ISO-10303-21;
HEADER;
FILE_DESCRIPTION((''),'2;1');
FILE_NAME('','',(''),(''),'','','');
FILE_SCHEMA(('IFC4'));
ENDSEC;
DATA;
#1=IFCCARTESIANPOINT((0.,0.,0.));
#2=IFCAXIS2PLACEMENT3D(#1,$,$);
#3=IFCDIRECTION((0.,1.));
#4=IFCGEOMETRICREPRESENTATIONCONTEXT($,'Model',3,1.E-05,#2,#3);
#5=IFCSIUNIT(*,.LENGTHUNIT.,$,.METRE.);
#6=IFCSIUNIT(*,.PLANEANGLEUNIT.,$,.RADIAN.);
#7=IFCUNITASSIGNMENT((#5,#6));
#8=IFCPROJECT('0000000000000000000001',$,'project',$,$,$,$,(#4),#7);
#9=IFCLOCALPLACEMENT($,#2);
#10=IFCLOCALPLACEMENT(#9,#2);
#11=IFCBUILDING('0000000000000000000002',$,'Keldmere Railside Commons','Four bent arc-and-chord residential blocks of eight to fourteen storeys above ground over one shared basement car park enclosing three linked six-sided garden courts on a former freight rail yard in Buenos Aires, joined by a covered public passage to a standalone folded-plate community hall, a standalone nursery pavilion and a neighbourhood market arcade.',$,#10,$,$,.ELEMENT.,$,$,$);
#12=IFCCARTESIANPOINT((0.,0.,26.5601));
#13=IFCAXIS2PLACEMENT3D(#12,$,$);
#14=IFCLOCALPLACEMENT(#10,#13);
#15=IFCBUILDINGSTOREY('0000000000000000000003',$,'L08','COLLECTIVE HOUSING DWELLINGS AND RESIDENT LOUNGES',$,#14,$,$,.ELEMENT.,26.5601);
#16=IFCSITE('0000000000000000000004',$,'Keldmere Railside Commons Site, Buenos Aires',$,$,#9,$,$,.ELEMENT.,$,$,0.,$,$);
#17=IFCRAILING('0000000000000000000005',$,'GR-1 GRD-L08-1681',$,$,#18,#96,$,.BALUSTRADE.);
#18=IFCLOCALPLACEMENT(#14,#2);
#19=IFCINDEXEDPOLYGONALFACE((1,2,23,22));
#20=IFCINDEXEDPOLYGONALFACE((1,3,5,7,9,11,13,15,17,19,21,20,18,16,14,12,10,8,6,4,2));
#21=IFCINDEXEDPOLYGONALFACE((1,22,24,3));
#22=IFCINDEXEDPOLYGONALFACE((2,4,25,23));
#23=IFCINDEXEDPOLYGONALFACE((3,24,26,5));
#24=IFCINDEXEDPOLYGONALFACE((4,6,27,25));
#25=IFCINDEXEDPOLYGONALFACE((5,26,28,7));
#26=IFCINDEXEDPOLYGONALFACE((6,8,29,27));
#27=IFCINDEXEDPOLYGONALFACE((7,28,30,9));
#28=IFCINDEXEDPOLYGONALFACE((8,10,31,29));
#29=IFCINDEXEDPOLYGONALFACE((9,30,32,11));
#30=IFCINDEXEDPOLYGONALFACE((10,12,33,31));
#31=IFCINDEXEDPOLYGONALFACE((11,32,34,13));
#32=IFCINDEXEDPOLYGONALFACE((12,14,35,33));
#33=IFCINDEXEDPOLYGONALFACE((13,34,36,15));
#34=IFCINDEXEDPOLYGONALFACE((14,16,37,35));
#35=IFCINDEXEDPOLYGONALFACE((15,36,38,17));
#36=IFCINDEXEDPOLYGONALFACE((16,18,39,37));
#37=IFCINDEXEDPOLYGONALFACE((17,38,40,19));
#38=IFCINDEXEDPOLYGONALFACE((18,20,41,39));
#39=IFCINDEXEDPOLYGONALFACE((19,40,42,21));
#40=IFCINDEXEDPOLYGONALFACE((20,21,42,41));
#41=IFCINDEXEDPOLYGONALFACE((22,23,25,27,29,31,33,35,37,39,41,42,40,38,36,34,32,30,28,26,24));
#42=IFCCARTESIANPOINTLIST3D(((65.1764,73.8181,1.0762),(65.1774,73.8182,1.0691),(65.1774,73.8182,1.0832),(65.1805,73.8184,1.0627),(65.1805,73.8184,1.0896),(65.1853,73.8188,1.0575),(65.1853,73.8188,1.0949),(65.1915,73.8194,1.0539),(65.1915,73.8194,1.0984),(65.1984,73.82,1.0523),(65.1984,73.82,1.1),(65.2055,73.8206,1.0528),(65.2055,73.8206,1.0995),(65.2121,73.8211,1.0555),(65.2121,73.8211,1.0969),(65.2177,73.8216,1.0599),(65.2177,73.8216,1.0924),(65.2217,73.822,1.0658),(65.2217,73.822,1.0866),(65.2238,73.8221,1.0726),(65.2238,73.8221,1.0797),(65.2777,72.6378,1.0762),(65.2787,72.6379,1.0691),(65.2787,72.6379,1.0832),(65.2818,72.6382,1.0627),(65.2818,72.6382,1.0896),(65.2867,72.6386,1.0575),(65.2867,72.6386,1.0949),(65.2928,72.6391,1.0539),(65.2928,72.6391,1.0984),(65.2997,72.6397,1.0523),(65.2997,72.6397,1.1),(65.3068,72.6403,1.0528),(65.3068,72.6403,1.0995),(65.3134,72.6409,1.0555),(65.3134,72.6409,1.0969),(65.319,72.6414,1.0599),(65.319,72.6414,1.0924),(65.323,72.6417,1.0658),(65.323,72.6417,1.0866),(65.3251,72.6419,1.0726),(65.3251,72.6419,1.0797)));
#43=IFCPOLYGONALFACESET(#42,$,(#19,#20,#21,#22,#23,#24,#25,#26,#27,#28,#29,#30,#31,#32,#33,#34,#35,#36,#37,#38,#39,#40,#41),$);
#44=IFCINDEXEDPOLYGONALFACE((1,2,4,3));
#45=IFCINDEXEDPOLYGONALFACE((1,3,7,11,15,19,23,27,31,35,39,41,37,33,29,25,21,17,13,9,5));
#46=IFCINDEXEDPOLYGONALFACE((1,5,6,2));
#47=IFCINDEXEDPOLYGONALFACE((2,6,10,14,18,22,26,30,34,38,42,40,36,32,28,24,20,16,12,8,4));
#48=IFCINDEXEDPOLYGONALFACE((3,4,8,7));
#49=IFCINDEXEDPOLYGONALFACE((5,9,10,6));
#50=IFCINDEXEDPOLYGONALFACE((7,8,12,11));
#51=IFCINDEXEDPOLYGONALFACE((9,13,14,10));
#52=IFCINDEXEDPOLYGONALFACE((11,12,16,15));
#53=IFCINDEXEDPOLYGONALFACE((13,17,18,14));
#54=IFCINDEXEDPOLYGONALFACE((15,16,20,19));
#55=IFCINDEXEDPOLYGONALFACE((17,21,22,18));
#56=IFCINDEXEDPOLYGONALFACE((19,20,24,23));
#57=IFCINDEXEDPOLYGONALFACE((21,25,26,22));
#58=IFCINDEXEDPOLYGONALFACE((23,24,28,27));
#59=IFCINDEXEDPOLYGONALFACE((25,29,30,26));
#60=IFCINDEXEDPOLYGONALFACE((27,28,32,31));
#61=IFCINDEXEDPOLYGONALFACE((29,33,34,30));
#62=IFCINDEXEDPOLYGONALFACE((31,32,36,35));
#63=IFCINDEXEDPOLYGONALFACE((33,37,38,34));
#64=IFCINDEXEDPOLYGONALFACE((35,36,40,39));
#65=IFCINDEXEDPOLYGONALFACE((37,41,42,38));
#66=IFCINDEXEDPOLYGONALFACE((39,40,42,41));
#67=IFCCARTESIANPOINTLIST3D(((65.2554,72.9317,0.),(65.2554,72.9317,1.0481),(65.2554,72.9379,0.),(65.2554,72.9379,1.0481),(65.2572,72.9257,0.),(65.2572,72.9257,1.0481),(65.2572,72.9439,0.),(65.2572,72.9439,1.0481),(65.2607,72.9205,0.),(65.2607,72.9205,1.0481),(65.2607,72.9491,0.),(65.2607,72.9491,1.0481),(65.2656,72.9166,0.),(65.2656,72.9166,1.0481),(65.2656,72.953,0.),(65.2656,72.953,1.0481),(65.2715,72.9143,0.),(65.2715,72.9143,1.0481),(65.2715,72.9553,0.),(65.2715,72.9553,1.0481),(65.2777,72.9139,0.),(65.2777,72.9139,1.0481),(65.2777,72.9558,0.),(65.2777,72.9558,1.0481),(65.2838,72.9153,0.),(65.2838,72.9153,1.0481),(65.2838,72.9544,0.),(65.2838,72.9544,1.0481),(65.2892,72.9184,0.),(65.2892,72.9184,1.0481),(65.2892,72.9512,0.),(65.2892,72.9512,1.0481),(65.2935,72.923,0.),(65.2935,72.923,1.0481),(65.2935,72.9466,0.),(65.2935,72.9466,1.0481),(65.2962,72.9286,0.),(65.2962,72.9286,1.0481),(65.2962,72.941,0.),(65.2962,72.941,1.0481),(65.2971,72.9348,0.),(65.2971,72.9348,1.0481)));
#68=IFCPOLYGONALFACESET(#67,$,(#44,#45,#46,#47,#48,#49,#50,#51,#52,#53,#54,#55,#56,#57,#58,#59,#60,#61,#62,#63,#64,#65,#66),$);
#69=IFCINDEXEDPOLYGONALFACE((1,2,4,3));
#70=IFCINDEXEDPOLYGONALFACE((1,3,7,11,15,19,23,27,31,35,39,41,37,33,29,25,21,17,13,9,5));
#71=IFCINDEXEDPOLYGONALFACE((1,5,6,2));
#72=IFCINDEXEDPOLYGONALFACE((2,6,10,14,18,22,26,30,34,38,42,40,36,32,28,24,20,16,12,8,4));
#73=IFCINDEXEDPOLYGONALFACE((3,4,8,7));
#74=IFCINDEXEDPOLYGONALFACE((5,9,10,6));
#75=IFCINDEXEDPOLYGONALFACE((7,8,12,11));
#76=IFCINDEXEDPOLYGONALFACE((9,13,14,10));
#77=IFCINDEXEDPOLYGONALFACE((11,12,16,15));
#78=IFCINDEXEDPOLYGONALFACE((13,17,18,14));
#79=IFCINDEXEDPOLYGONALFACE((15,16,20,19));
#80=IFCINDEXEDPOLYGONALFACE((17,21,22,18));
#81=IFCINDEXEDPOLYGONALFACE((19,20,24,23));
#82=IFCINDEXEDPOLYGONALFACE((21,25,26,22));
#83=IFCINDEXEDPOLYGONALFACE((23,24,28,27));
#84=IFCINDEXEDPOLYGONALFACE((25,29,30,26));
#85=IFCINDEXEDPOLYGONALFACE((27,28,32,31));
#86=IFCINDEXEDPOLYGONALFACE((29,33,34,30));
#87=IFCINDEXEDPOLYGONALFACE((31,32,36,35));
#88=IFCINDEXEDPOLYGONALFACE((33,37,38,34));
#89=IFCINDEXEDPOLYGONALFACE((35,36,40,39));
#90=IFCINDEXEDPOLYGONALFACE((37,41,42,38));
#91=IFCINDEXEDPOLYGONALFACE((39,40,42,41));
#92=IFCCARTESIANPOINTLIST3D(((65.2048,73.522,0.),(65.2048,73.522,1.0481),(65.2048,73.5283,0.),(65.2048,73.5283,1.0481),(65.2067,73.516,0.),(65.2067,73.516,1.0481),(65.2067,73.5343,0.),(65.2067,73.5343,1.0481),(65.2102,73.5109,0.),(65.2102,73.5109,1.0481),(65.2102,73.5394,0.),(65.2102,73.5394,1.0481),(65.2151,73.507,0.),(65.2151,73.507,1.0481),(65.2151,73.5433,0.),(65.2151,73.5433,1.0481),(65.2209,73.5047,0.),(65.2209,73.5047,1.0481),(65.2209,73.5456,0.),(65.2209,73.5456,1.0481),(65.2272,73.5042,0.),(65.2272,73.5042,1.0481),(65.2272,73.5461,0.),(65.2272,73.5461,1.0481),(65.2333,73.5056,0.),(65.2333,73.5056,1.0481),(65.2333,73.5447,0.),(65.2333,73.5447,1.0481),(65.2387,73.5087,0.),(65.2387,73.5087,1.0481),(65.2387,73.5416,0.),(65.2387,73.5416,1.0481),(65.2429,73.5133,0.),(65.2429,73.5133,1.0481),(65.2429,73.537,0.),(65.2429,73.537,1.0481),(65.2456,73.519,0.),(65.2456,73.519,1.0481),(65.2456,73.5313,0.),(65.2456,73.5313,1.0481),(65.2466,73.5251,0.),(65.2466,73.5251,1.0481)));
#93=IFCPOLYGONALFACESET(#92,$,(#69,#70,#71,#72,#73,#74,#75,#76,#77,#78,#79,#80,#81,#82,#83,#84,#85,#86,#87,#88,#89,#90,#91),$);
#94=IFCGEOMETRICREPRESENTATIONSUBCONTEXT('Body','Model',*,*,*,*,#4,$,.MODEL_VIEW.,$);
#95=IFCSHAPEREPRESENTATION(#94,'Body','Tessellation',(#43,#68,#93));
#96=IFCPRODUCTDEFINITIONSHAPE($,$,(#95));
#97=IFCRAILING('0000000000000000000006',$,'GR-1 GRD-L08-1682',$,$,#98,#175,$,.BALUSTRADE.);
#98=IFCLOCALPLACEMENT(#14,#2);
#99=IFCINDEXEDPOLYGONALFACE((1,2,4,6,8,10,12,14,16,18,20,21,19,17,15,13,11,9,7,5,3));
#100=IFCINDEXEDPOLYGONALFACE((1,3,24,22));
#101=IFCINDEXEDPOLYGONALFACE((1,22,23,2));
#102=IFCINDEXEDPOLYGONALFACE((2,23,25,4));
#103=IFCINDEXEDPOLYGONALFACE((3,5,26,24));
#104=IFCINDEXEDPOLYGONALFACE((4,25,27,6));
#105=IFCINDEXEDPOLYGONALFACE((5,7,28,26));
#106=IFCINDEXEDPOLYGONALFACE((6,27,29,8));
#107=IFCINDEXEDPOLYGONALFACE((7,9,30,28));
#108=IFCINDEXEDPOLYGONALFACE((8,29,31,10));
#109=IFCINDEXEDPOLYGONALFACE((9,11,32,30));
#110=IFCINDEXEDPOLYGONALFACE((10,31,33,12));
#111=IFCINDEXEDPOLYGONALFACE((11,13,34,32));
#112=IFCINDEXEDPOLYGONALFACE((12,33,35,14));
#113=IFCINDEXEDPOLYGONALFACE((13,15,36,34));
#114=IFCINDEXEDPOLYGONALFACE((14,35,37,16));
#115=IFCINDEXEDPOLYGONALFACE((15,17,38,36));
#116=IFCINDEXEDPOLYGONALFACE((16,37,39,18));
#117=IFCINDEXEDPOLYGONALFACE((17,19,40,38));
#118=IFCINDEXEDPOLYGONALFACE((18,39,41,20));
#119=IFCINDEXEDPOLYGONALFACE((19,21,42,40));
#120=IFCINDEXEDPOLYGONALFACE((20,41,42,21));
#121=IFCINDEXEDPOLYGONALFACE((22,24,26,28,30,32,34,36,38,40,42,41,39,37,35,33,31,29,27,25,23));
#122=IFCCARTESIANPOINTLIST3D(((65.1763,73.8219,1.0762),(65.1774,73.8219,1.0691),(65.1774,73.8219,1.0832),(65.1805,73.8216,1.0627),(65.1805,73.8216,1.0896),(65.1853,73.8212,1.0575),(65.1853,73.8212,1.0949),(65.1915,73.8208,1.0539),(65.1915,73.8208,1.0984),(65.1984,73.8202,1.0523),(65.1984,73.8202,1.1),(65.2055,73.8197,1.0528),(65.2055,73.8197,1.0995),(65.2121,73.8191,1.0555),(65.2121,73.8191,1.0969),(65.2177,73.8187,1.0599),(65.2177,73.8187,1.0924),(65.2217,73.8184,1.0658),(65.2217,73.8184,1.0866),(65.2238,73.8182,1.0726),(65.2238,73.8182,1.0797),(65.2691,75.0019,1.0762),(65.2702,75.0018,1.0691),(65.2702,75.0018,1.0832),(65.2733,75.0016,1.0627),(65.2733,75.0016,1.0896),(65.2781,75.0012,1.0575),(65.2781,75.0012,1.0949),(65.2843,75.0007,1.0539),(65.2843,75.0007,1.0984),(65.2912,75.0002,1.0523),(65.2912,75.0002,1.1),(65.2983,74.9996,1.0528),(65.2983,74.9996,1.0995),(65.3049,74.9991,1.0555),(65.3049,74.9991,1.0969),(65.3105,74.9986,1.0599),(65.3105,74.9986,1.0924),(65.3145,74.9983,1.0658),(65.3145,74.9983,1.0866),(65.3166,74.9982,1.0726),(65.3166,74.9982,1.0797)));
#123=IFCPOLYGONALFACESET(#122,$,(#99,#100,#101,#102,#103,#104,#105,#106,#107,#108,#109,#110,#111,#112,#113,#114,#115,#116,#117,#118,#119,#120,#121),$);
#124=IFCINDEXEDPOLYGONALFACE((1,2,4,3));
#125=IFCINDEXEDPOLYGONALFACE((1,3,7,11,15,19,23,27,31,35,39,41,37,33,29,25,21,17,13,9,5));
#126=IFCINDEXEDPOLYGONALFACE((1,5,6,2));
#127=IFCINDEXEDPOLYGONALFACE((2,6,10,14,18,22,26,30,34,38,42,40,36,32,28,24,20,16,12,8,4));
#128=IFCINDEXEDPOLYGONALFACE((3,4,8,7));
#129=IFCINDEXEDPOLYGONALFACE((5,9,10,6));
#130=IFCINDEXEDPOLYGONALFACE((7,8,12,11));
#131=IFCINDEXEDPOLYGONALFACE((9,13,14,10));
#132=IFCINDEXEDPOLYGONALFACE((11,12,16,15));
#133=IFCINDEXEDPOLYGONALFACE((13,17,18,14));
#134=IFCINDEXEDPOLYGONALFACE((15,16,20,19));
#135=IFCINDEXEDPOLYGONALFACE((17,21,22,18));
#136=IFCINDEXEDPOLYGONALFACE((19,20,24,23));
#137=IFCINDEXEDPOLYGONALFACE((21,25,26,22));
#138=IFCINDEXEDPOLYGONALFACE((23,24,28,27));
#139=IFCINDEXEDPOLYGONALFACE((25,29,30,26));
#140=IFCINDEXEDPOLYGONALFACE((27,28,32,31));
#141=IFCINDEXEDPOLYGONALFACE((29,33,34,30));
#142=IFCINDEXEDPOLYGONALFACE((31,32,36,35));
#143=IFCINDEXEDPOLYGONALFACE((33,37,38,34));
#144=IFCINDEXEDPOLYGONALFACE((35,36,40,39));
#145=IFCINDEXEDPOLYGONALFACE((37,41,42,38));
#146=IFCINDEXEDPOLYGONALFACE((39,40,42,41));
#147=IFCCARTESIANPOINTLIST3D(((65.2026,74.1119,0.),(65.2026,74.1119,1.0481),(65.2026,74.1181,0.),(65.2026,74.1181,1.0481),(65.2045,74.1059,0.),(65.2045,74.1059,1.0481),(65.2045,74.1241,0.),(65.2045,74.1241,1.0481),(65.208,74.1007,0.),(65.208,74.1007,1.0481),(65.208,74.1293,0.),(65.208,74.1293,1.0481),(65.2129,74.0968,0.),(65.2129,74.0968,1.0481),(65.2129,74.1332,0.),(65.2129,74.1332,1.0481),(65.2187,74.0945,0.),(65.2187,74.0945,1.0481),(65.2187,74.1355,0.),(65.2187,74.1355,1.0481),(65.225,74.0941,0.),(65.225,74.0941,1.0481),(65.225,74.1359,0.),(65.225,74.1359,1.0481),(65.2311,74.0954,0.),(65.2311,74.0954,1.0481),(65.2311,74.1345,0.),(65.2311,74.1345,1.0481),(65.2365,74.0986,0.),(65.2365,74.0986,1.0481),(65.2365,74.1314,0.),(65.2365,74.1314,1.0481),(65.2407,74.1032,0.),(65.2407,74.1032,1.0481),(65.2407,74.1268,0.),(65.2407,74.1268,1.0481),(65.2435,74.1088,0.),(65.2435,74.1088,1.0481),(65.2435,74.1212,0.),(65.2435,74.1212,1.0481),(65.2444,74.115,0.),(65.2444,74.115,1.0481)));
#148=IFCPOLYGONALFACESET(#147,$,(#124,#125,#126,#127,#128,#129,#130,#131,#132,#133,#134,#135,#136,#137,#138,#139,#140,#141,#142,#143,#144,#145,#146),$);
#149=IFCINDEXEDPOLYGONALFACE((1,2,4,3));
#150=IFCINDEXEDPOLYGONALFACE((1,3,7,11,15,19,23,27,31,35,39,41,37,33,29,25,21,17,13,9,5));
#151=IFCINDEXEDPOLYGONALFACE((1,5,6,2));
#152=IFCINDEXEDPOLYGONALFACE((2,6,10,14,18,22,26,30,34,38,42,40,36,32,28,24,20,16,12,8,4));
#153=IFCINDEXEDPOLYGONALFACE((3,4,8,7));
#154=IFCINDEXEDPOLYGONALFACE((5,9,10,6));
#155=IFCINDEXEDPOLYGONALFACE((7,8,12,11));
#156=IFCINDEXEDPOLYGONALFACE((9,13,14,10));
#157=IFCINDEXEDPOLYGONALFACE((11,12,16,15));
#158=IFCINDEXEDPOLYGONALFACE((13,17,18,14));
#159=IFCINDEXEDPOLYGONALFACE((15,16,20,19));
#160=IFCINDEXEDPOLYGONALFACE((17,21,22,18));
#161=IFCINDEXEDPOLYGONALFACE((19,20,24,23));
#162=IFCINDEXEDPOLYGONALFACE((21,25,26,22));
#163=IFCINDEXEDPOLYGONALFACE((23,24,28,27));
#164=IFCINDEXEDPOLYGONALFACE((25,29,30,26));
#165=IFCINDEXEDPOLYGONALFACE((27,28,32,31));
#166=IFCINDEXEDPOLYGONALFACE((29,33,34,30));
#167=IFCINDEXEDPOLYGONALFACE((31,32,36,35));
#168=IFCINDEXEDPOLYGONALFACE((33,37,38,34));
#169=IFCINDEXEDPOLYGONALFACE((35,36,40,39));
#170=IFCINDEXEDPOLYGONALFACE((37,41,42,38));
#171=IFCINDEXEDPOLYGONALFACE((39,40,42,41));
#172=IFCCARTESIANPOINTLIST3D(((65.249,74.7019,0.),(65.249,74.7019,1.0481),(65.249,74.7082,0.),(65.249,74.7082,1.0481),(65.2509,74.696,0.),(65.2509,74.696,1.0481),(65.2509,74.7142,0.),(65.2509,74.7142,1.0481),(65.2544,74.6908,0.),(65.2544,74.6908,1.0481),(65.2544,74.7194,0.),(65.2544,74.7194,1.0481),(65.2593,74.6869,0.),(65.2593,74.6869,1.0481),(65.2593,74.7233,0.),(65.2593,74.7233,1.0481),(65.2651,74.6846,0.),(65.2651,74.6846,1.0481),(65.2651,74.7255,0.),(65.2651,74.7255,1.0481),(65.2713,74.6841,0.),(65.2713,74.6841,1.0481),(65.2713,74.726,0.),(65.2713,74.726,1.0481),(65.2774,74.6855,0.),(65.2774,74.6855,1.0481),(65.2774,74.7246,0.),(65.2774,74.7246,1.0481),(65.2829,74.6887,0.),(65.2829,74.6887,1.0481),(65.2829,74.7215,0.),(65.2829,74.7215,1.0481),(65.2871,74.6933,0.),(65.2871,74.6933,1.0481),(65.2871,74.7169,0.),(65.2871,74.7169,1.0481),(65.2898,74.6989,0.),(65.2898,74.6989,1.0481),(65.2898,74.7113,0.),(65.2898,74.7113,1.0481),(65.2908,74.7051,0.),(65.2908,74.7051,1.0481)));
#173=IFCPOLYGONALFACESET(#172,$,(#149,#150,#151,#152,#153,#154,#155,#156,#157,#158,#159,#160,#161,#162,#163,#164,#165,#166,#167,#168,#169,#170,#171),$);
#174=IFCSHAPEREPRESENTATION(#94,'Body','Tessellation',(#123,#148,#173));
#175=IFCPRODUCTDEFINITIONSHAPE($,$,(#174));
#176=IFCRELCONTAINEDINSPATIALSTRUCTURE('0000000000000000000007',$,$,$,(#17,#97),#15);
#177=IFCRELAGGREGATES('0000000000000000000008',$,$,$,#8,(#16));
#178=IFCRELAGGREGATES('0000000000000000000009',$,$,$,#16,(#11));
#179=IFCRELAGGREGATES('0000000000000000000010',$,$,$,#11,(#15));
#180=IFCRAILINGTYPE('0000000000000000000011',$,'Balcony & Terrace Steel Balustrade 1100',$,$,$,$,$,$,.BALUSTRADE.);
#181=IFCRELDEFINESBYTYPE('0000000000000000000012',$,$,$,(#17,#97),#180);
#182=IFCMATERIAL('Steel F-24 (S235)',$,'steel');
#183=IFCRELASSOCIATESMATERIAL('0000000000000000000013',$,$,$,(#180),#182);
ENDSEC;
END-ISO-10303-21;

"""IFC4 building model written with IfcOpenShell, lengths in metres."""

from ifc_helpers import new_model, si_unit, direction, frame, origin, origin_2d, place, context, subcontext, project, spatial, circle, extrude, material, type_object, element, save


model = new_model("IFC4")

# Units and contexts
model_context = context("Model", 3, precision=1e-05, world=origin(), true_north=direction((0.0, 1.0)))
body_context = subcontext(model_context, "Body", "Model", "MODEL_VIEW")
ifc_project = project(units=[si_unit("LENGTHUNIT", "METRE"), si_unit("PLANEANGLEUNIT", "RADIAN")], contexts=[model_context])

# Site, building, storey
site_placement = place(None, origin())
site = spatial("IfcSite", under=ifc_project, at=site_placement, Name="Keldmere Railside Commons Site, Buenos Aires", CompositionType="ELEMENT", RefElevation=0.0)
building_placement = place(site_placement, origin())
building = spatial("IfcBuilding", under=site, at=building_placement, Name="Keldmere Railside Commons", Description="Four bent arc-and-chord residential blocks of eight to fourteen storeys above ground over one shared basement car park enclosing three linked six-sided garden courts on a former freight rail yard in Buenos Aires, joined by a covered public passage to a standalone folded-plate community hall, a standalone nursery pavilion and a neighbourhood market arcade.", CompositionType="ELEMENT")
storey_placement = place(building_placement, frame((0.0, 0.0, 26.5601)))
storey = spatial("IfcBuildingStorey", under=building, at=storey_placement, Name="L08", Description="COLLECTIVE HOUSING DWELLINGS AND RESIDENT LOUNGES", CompositionType="ELEMENT", Elevation=26.5601)

# Railings
ifc_material_1 = material(Name="Steel F-24 (S235)", Category="steel")
railing_type = type_object("IfcRailingType", Name="Balcony & Terrace Steel Balustrade 1100", PredefinedType="BALUSTRADE", material=ifc_material_1)
railing_1_placement = place(storey_placement, frame((65.3015, 72.6399, 0.0)))
element("IfcRailing", 1, at=railing_1_placement, inside=storey, type_object=railing_type, Name="GR-1 GRD-L08-1681", PredefinedType="BALUSTRADE", context=body_context, shape_type="SweptSolid", body=[
    extrude(circle(Radius=0.0239, at=origin_2d()), frame((0.0, 0.0, 1.0762), z_axis=(-0.085536, 0.996335, 0.0), x_axis=(-0.996335, -0.085536, 0.0)), (0.0, 0.0, 1.0), 1.1846),
    extrude(circle(Radius=0.021, at=origin_2d()), frame((-0.0254, 0.2949, 0.0)), (0.0, 0.0, 1.0), 1.0481),
    extrude(circle(Radius=0.021, at=origin_2d()), frame((-0.0759, 0.8853, 0.0)), (0.0, 0.0, 1.0), 1.0481),
])
railing_2_placement = place(storey_placement, frame((65.2002, 73.8201, 0.0)))
element("IfcRailing", 2, at=railing_2_placement, inside=storey, type_object=railing_type, Name="GR-1 GRD-L08-1682", PredefinedType="BALUSTRADE", context=body_context, shape_type="SweptSolid", body=[
    extrude(circle(Radius=0.0239, at=origin_2d()), frame((0.0, 0.0, 1.0762), z_axis=(0.078384, 0.996923, 0.0), x_axis=(-0.996923, 0.078384, 0.0)), (0.0, 0.0, 1.0), 1.1836),
    extrude(circle(Radius=0.021, at=origin_2d()), frame((0.0232, 0.2949, 0.0)), (0.0, 0.0, 1.0), 1.0481),
    extrude(circle(Radius=0.021, at=origin_2d()), frame((0.0696, 0.885, 0.0)), (0.0, 0.0, 1.0), 1.0481),
])

save(model, "model.ifc")
